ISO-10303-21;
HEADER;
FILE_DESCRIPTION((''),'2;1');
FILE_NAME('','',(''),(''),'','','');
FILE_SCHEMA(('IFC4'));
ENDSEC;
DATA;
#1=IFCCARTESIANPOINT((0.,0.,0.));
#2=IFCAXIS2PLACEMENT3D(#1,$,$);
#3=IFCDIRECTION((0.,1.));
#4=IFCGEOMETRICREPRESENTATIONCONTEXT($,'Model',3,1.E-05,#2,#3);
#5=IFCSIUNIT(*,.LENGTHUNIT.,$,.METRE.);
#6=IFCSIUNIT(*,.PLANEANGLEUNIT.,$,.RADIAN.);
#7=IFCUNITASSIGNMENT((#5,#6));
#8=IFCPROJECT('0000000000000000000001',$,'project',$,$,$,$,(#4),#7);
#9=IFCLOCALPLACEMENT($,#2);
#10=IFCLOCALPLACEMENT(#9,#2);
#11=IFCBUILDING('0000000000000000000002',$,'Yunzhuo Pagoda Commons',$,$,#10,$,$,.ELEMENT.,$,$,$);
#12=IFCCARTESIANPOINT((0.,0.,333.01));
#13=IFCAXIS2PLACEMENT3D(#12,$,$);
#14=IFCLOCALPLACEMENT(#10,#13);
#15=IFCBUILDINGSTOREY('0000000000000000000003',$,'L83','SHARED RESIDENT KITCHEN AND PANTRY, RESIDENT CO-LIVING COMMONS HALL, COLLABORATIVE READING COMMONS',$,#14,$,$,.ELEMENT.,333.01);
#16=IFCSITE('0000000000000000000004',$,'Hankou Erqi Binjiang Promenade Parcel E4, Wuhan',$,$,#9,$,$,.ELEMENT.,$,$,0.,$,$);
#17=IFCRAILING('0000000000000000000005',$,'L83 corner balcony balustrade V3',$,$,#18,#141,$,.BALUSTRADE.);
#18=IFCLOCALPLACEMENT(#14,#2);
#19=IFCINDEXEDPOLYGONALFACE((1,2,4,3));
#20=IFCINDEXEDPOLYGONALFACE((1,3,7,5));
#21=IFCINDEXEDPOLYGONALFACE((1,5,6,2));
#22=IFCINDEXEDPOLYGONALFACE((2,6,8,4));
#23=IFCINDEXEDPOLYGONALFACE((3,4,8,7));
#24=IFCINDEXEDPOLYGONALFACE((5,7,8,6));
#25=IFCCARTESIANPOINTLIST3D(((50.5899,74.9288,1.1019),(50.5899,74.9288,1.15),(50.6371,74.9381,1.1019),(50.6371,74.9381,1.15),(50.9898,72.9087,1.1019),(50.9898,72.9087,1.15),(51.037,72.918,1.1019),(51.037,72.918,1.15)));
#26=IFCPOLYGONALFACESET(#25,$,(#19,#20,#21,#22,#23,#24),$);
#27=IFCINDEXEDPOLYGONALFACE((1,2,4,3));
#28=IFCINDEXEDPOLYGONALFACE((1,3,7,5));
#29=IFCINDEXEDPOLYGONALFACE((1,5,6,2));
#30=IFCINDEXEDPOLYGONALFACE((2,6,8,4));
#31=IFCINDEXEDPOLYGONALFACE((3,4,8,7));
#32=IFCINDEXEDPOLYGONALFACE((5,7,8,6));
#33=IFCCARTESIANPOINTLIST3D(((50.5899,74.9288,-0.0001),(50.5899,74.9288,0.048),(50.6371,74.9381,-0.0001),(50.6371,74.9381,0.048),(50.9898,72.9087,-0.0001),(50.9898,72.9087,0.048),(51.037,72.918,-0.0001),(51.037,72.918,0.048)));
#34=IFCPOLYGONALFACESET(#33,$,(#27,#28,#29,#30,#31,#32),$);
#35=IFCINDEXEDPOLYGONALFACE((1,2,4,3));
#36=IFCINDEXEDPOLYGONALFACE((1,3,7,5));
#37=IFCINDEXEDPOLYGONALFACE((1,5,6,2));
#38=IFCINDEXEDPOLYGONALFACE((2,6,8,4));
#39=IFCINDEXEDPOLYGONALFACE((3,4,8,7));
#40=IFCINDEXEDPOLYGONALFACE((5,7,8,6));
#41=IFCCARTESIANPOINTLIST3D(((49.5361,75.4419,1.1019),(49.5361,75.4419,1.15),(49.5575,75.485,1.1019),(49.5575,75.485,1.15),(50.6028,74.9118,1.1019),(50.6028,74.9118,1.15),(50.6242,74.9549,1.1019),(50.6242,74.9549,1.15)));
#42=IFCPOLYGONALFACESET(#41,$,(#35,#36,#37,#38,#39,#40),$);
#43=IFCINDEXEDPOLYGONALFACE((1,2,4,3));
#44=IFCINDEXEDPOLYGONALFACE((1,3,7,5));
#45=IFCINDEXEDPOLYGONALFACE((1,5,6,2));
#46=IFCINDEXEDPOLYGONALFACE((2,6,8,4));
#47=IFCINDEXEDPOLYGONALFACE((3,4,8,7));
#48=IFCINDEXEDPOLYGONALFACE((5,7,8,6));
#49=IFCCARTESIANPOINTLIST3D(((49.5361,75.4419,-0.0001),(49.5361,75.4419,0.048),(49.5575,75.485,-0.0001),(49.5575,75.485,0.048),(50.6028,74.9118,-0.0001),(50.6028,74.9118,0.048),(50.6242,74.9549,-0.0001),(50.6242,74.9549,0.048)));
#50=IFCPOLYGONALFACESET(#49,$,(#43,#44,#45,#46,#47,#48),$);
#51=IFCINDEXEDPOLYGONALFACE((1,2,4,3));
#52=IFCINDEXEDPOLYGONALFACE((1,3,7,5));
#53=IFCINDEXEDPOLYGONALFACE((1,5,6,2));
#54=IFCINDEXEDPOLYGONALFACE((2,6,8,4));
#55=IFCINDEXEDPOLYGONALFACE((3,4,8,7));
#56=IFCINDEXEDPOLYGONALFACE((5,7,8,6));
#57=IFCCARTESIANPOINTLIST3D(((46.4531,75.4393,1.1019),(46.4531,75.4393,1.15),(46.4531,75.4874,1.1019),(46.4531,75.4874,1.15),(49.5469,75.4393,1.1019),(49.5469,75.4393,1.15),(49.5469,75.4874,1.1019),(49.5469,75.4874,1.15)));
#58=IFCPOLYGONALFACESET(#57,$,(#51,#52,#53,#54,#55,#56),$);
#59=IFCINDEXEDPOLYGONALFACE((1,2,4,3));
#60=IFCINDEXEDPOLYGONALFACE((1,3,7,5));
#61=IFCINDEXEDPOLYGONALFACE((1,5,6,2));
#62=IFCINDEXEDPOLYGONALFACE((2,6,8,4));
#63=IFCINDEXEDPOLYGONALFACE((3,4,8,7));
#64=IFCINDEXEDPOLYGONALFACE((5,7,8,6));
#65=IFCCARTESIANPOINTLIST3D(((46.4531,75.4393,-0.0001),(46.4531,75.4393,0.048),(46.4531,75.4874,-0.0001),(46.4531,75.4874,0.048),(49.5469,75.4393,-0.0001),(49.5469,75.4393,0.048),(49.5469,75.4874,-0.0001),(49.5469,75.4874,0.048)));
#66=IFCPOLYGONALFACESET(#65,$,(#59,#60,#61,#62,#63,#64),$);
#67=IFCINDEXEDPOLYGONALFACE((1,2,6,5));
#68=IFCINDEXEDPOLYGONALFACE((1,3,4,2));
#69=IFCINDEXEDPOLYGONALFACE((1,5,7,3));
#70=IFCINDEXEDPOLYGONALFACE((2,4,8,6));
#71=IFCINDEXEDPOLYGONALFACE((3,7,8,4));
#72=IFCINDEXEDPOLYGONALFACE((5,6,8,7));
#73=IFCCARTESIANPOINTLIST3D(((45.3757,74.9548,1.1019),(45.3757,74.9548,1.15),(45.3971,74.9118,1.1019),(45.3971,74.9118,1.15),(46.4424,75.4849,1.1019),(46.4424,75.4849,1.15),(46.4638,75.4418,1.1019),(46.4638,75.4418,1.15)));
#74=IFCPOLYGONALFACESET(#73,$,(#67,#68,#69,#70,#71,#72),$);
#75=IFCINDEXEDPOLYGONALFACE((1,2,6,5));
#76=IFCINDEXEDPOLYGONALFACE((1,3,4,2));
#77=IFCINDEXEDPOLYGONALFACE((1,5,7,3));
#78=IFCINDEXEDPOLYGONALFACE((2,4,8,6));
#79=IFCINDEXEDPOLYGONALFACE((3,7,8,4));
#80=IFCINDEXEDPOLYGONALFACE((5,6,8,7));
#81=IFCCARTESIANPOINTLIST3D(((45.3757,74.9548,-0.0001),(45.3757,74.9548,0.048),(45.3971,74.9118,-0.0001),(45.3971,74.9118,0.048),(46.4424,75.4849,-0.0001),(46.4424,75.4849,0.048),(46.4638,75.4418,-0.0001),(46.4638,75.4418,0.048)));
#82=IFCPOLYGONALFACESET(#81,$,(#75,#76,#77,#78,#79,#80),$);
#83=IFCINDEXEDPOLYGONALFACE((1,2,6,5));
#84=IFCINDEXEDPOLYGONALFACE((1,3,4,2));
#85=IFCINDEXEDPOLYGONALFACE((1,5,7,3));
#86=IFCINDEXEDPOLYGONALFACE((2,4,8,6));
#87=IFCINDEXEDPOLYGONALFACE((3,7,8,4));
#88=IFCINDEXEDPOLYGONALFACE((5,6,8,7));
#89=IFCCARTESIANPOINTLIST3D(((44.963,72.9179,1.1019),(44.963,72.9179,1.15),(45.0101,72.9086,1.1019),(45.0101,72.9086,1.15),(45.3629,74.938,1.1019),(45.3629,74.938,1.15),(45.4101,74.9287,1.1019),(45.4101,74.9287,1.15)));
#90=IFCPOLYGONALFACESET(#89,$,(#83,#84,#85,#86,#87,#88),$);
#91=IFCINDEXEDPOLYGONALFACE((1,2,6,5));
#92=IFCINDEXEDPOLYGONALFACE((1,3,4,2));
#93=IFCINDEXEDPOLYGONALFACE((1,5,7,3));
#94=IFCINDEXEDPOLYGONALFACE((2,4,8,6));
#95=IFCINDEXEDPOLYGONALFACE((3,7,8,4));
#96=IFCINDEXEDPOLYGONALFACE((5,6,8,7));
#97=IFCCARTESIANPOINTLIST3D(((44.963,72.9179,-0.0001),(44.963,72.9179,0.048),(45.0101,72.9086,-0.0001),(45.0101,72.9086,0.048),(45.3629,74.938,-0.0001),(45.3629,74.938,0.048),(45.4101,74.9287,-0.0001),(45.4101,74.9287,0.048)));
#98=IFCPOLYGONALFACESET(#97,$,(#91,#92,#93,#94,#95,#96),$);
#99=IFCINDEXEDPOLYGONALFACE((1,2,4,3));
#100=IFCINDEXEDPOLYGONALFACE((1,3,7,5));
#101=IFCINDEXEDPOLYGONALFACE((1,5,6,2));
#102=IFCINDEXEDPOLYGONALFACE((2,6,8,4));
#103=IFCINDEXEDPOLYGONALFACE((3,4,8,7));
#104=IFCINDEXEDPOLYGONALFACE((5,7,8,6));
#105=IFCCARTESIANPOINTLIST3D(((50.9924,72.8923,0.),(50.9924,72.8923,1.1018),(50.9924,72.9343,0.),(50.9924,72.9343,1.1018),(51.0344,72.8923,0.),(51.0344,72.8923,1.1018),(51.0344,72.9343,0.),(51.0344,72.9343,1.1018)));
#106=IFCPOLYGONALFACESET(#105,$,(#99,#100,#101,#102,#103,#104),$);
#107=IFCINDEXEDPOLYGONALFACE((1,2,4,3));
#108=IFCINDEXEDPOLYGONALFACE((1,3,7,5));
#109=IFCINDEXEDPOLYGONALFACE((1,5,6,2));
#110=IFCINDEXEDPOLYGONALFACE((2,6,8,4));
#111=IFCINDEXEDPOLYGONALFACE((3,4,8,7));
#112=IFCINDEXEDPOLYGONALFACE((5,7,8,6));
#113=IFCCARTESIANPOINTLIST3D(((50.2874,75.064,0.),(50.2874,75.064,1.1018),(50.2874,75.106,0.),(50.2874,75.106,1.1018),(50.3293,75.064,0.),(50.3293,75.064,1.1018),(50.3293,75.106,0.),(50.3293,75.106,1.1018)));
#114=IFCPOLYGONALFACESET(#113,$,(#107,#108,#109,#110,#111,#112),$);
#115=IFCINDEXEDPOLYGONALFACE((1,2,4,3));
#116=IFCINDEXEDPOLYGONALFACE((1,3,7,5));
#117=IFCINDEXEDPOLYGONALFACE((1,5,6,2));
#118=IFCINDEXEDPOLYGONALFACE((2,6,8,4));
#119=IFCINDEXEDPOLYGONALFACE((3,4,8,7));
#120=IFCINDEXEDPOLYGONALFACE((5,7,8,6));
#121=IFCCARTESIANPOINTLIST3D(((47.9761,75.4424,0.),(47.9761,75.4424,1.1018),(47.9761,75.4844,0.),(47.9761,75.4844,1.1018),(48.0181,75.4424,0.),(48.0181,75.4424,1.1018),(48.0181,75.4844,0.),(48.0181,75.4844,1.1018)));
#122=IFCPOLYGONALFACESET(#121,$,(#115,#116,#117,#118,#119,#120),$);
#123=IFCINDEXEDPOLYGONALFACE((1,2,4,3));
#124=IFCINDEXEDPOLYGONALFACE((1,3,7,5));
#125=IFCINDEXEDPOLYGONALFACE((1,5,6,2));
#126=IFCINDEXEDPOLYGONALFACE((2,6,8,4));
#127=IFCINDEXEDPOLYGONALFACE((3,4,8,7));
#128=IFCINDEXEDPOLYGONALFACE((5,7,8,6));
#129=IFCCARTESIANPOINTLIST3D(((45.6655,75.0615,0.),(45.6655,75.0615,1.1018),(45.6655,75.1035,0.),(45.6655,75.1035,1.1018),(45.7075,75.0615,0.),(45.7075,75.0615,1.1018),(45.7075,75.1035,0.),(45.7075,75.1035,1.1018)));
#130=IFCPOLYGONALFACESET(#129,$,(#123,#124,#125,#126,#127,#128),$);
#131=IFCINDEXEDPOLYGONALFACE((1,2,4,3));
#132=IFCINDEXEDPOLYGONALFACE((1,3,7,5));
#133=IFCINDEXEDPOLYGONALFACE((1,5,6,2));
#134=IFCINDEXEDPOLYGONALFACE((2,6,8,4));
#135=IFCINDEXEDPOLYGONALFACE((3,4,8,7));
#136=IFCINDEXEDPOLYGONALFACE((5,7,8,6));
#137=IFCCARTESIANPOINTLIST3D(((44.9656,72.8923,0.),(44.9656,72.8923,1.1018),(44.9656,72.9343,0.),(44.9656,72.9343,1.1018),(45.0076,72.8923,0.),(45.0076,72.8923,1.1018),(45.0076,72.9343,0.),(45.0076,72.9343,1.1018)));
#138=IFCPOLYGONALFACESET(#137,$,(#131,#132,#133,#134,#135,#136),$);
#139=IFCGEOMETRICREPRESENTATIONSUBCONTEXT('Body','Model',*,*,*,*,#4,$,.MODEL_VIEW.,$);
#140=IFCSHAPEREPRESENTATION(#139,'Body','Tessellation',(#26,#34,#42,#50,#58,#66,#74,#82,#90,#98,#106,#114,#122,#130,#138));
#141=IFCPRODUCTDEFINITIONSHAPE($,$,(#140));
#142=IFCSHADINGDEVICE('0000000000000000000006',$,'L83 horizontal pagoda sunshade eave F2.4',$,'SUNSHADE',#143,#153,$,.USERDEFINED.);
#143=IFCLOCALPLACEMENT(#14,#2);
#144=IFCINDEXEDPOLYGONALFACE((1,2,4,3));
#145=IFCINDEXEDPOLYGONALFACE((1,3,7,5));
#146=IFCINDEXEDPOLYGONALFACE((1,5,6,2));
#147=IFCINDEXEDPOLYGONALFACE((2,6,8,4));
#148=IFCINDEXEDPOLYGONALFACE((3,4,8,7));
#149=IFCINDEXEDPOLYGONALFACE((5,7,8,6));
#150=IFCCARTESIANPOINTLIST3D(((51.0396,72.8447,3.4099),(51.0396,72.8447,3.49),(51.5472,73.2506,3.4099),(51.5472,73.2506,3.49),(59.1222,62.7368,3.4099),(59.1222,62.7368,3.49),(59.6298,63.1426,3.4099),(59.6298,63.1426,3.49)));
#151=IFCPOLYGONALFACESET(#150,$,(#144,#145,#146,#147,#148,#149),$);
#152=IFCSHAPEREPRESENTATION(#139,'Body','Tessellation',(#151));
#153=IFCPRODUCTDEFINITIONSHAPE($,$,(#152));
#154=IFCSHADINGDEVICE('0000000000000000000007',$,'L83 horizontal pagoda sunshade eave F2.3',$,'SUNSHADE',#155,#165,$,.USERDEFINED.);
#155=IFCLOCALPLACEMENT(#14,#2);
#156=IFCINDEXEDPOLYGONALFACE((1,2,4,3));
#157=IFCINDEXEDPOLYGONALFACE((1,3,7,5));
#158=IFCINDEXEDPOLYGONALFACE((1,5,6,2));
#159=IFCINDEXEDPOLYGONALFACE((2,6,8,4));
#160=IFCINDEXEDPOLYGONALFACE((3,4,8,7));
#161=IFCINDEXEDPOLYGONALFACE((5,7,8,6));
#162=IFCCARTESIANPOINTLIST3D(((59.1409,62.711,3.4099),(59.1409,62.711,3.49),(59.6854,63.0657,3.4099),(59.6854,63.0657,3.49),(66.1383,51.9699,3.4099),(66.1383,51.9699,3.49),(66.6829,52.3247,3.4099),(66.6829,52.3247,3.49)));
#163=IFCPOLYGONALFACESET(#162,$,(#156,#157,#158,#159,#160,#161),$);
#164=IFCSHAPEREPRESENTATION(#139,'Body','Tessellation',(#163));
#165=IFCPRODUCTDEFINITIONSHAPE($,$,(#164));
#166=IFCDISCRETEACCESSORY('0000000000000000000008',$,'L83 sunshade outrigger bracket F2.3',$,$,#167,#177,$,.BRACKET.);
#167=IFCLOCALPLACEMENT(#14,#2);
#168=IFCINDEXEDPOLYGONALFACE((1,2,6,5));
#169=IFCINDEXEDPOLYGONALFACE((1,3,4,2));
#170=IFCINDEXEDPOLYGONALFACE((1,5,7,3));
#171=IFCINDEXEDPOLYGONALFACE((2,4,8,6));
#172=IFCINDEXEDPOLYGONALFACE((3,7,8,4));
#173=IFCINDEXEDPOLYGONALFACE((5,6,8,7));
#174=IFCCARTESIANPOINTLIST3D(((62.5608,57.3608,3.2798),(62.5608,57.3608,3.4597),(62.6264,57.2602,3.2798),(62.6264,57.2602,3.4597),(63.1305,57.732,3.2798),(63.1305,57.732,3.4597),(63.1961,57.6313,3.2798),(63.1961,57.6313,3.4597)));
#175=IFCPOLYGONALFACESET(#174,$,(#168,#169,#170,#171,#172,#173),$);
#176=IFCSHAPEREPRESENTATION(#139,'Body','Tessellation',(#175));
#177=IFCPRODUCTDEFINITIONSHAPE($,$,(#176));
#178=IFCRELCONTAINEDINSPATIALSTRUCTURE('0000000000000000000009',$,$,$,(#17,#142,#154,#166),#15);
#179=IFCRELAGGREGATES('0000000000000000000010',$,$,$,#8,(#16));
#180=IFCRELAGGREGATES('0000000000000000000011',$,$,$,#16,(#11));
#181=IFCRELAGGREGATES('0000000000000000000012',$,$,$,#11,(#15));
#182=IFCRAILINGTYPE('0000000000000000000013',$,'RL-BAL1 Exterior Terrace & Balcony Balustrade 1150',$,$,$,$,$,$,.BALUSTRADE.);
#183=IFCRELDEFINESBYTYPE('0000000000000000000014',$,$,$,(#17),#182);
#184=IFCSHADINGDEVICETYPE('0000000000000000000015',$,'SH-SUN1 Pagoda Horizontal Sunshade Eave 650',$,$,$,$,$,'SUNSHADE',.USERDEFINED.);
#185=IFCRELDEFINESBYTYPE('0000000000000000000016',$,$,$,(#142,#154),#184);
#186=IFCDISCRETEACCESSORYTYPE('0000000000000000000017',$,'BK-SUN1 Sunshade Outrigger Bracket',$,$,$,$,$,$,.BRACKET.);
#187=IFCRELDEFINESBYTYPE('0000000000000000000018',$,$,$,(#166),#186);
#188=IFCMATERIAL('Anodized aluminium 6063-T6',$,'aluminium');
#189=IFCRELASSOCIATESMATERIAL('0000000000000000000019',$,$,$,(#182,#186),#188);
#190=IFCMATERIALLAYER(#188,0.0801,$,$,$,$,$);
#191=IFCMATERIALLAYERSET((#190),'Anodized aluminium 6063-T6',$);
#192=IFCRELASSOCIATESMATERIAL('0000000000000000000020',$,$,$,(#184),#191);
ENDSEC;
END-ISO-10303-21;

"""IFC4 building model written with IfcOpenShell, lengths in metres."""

from ifc_helpers import new_model, si_unit, direction, frame, origin, origin_2d, place, context, subcontext, project, spatial, rectangle, extrude, source, transform, mapped, material, layer, layer_set, type_object, element, save


model = new_model("IFC4")

# Units and contexts
model_context = context("Model", 3, precision=1e-05, world=origin(), true_north=direction((0.0, 1.0)))
body_context = subcontext(model_context, "Body", "Model", "MODEL_VIEW")
ifc_project = project(units=[si_unit("LENGTHUNIT", "METRE"), si_unit("PLANEANGLEUNIT", "RADIAN")], contexts=[model_context])

# Site, building, storey
site_placement = place(None, origin())
site = spatial("IfcSite", under=ifc_project, at=site_placement, Name="Hankou Erqi Binjiang Promenade Parcel E4, Wuhan", CompositionType="ELEMENT", RefElevation=0.0)
building_placement = place(site_placement, origin())
building = spatial("IfcBuilding", under=site, at=building_placement, Name="Yunzhuo Pagoda Commons", CompositionType="ELEMENT")
storey_placement = place(building_placement, frame((0.0, 0.0, 333.01)))
storey = spatial("IfcBuildingStorey", under=building, at=storey_placement, Name="L83", Description="SHARED RESIDENT KITCHEN AND PANTRY, RESIDENT CO-LIVING COMMONS HALL, COLLABORATIVE READING COMMONS", CompositionType="ELEMENT", Elevation=333.01)

# Shared definitions
ifc_material_1 = material(Name="Anodized aluminium 6063-T6", Category="aluminium")

# Railing
railing_type = type_object("IfcRailingType", Name="RL-BAL1 Exterior Terrace & Balcony Balustrade 1150", PredefinedType="BALUSTRADE", material=ifc_material_1)
railing_placement = place(storey_placement, frame((51.0134, 72.9133, 0.0)))
element("IfcRailing", 1, at=railing_placement, inside=storey, type_object=railing_type, Name="L83 corner balcony balustrade V3", PredefinedType="BALUSTRADE", context=body_context, shape_type="SweptSolid", body=[
    extrude(rectangle(XDim=0.0481, YDim=0.0481, at=origin_2d()), frame((0.0, 0.0, 1.126), z_axis=(-0.194201, 0.980962, 0.0), x_axis=(-0.980962, -0.194201, 0.0)), (0.0, 0.0, 1.0), 2.0593),
    extrude(rectangle(XDim=0.0481, YDim=0.0481, at=origin_2d()), frame((0.0, 0.0, 0.0239), z_axis=(-0.194201, 0.980962, 0.0), x_axis=(-0.980962, -0.194201, 0.0)), (0.0, 0.0, 1.0), 2.0593),
    extrude(rectangle(XDim=0.0481, YDim=0.0481, at=origin_2d()), frame((-0.3999, 2.02, 1.126), z_axis=(-0.895531, 0.444999, 0.0), x_axis=(-0.444999, -0.895531, 0.0)), (0.0, 0.0, 1.0), 1.1912),
    extrude(rectangle(XDim=0.0481, YDim=0.0481, at=origin_2d()), frame((-0.3999, 2.02, 0.0239), z_axis=(-0.895531, 0.444999, 0.0), x_axis=(-0.444999, -0.895531, 0.0)), (0.0, 0.0, 1.0), 1.1912),
    extrude(rectangle(XDim=0.0481, YDim=0.0481, at=origin_2d()), frame((-1.4666, 2.55, 1.126), z_axis=(-1.0, 0.0, 0.0), x_axis=(0.0, -1.0, 0.0)), (0.0, 0.0, 1.0), 3.0938),
    extrude(rectangle(XDim=0.0481, YDim=0.0481, at=origin_2d()), frame((-1.4666, 2.55, 0.0239), z_axis=(-1.0, 0.0, 0.0), x_axis=(0.0, -1.0, 0.0)), (0.0, 0.0, 1.0), 3.0938),
    extrude(rectangle(XDim=0.0481, YDim=0.0481, at=origin_2d()), frame((-4.5603, 2.55, 1.126), z_axis=(-0.895531, -0.444999, 0.0), x_axis=(0.444999, -0.895531, 0.0)), (0.0, 0.0, 1.0), 1.1912),
    extrude(rectangle(XDim=0.0481, YDim=0.0481, at=origin_2d()), frame((-4.5603, 2.55, 0.0239), z_axis=(-0.895531, -0.444999, 0.0), x_axis=(0.444999, -0.895531, 0.0)), (0.0, 0.0, 1.0), 1.1912),
    extrude(rectangle(XDim=0.0481, YDim=0.0481, at=origin_2d()), frame((-5.627, 2.02, 1.126), z_axis=(-0.194201, -0.980962, 0.0), x_axis=(0.980962, -0.194201, 0.0)), (0.0, 0.0, 1.0), 2.0593),
    extrude(rectangle(XDim=0.0481, YDim=0.0481, at=origin_2d()), frame((-5.627, 2.02, 0.0239), z_axis=(-0.194201, -0.980962, 0.0), x_axis=(0.980962, -0.194201, 0.0)), (0.0, 0.0, 1.0), 2.0593),
    extrude(rectangle(XDim=0.042, YDim=0.042, at=origin_2d()), origin(), (0.0, 0.0, 1.0), 1.1018),
    extrude(rectangle(XDim=0.042, YDim=0.042, at=origin_2d()), frame((-0.7051, 2.1716, 0.0)), (0.0, 0.0, 1.0), 1.1018),
    extrude(rectangle(XDim=0.042, YDim=0.042, at=origin_2d()), frame((-3.0164, 2.55, 0.0)), (0.0, 0.0, 1.0), 1.1018),
    extrude(rectangle(XDim=0.042, YDim=0.042, at=origin_2d()), frame((-5.3269, 2.1692, 0.0)), (0.0, 0.0, 1.0), 1.1018),
    extrude(rectangle(XDim=0.042, YDim=0.042, at=origin_2d()), frame((-6.0269, 0.0, 0.0)), (0.0, 0.0, 1.0), 1.1018),
])

# Shading devices
ifc_layer_1 = layer(ifc_material_1, 0.0801)
ifc_layer_set_1 = layer_set([ifc_layer_1], Name="Anodized aluminium 6063-T6")
shading_device_type = type_object("IfcShadingDeviceType", Name="SH-SUN1 Pagoda Horizontal Sunshade Eave 650", ElementType="SUNSHADE", PredefinedType="USERDEFINED", material=ifc_layer_set_1)
shared_shape_1 = source(origin(), body_context, "Body", "SweptSolid", [
    extrude(rectangle(XDim=12.9421, YDim=0.6499, at=origin_2d()), origin(), (0.0, 0.0, 1.0), 0.0801),
])
shading_device_1_placement = place(storey_placement, frame((55.3347, 67.9937, 3.4099), z_axis=(0.0, 0.0, 1.0), x_axis=(-0.62452, 0.781008, 0.0)))
element("IfcShadingDevice", 2, at=shading_device_1_placement, inside=storey, type_object=shading_device_type, Name="L83 horizontal pagoda sunshade eave F2.4", ObjectType="SUNSHADE", PredefinedType="USERDEFINED", context=body_context, shape_type="MappedRepresentation", body=[
    mapped(shared_shape_1, transform((0.0, 0.0, 0.0), scale=1.0)),
])
shared_shape_2 = source(origin(), body_context, "Body", "SweptSolid", [
    extrude(rectangle(XDim=12.8193, YDim=0.6499, at=origin_2d()), origin(), (0.0, 0.0, 1.0), 0.0801),
])
shading_device_2_placement = place(storey_placement, frame((62.9119, 57.5178, 3.4099), z_axis=(0.0, 0.0, 1.0), x_axis=(-0.545853, 0.837881, 0.0)))
element("IfcShadingDevice", 3, at=shading_device_2_placement, inside=storey, type_object=shading_device_type, Name="L83 horizontal pagoda sunshade eave F2.3", ObjectType="SUNSHADE", PredefinedType="USERDEFINED", context=body_context, shape_type="MappedRepresentation", body=[
    mapped(shared_shape_2, transform((0.0, 0.0, 0.0), scale=1.0)),
])

# Discrete accessory
discrete_accessory_type = type_object("IfcDiscreteAccessoryType", Name="BK-SUN1 Sunshade Outrigger Bracket", PredefinedType="BRACKET", material=ifc_material_1)
shared_shape_3 = source(origin(), body_context, "Body", "SweptSolid", [
    extrude(rectangle(XDim=0.1201, YDim=0.6799, at=origin_2d()), origin(), (0.0, 0.0, 1.0), 0.1799),
])
discrete_accessory_placement = place(storey_placement, frame((62.8784, 57.4961, 3.2798), z_axis=(0.0, 0.0, 1.0), x_axis=(-0.545853, 0.837881, 0.0)))
element("IfcDiscreteAccessory", 4, at=discrete_accessory_placement, inside=storey, type_object=discrete_accessory_type, Name="L83 sunshade outrigger bracket F2.3", PredefinedType="BRACKET", context=body_context, shape_type="MappedRepresentation", body=[
    mapped(shared_shape_3, transform((0.0, 0.0, 0.0), scale=1.0)),
])

save(model, "model.ifc")
